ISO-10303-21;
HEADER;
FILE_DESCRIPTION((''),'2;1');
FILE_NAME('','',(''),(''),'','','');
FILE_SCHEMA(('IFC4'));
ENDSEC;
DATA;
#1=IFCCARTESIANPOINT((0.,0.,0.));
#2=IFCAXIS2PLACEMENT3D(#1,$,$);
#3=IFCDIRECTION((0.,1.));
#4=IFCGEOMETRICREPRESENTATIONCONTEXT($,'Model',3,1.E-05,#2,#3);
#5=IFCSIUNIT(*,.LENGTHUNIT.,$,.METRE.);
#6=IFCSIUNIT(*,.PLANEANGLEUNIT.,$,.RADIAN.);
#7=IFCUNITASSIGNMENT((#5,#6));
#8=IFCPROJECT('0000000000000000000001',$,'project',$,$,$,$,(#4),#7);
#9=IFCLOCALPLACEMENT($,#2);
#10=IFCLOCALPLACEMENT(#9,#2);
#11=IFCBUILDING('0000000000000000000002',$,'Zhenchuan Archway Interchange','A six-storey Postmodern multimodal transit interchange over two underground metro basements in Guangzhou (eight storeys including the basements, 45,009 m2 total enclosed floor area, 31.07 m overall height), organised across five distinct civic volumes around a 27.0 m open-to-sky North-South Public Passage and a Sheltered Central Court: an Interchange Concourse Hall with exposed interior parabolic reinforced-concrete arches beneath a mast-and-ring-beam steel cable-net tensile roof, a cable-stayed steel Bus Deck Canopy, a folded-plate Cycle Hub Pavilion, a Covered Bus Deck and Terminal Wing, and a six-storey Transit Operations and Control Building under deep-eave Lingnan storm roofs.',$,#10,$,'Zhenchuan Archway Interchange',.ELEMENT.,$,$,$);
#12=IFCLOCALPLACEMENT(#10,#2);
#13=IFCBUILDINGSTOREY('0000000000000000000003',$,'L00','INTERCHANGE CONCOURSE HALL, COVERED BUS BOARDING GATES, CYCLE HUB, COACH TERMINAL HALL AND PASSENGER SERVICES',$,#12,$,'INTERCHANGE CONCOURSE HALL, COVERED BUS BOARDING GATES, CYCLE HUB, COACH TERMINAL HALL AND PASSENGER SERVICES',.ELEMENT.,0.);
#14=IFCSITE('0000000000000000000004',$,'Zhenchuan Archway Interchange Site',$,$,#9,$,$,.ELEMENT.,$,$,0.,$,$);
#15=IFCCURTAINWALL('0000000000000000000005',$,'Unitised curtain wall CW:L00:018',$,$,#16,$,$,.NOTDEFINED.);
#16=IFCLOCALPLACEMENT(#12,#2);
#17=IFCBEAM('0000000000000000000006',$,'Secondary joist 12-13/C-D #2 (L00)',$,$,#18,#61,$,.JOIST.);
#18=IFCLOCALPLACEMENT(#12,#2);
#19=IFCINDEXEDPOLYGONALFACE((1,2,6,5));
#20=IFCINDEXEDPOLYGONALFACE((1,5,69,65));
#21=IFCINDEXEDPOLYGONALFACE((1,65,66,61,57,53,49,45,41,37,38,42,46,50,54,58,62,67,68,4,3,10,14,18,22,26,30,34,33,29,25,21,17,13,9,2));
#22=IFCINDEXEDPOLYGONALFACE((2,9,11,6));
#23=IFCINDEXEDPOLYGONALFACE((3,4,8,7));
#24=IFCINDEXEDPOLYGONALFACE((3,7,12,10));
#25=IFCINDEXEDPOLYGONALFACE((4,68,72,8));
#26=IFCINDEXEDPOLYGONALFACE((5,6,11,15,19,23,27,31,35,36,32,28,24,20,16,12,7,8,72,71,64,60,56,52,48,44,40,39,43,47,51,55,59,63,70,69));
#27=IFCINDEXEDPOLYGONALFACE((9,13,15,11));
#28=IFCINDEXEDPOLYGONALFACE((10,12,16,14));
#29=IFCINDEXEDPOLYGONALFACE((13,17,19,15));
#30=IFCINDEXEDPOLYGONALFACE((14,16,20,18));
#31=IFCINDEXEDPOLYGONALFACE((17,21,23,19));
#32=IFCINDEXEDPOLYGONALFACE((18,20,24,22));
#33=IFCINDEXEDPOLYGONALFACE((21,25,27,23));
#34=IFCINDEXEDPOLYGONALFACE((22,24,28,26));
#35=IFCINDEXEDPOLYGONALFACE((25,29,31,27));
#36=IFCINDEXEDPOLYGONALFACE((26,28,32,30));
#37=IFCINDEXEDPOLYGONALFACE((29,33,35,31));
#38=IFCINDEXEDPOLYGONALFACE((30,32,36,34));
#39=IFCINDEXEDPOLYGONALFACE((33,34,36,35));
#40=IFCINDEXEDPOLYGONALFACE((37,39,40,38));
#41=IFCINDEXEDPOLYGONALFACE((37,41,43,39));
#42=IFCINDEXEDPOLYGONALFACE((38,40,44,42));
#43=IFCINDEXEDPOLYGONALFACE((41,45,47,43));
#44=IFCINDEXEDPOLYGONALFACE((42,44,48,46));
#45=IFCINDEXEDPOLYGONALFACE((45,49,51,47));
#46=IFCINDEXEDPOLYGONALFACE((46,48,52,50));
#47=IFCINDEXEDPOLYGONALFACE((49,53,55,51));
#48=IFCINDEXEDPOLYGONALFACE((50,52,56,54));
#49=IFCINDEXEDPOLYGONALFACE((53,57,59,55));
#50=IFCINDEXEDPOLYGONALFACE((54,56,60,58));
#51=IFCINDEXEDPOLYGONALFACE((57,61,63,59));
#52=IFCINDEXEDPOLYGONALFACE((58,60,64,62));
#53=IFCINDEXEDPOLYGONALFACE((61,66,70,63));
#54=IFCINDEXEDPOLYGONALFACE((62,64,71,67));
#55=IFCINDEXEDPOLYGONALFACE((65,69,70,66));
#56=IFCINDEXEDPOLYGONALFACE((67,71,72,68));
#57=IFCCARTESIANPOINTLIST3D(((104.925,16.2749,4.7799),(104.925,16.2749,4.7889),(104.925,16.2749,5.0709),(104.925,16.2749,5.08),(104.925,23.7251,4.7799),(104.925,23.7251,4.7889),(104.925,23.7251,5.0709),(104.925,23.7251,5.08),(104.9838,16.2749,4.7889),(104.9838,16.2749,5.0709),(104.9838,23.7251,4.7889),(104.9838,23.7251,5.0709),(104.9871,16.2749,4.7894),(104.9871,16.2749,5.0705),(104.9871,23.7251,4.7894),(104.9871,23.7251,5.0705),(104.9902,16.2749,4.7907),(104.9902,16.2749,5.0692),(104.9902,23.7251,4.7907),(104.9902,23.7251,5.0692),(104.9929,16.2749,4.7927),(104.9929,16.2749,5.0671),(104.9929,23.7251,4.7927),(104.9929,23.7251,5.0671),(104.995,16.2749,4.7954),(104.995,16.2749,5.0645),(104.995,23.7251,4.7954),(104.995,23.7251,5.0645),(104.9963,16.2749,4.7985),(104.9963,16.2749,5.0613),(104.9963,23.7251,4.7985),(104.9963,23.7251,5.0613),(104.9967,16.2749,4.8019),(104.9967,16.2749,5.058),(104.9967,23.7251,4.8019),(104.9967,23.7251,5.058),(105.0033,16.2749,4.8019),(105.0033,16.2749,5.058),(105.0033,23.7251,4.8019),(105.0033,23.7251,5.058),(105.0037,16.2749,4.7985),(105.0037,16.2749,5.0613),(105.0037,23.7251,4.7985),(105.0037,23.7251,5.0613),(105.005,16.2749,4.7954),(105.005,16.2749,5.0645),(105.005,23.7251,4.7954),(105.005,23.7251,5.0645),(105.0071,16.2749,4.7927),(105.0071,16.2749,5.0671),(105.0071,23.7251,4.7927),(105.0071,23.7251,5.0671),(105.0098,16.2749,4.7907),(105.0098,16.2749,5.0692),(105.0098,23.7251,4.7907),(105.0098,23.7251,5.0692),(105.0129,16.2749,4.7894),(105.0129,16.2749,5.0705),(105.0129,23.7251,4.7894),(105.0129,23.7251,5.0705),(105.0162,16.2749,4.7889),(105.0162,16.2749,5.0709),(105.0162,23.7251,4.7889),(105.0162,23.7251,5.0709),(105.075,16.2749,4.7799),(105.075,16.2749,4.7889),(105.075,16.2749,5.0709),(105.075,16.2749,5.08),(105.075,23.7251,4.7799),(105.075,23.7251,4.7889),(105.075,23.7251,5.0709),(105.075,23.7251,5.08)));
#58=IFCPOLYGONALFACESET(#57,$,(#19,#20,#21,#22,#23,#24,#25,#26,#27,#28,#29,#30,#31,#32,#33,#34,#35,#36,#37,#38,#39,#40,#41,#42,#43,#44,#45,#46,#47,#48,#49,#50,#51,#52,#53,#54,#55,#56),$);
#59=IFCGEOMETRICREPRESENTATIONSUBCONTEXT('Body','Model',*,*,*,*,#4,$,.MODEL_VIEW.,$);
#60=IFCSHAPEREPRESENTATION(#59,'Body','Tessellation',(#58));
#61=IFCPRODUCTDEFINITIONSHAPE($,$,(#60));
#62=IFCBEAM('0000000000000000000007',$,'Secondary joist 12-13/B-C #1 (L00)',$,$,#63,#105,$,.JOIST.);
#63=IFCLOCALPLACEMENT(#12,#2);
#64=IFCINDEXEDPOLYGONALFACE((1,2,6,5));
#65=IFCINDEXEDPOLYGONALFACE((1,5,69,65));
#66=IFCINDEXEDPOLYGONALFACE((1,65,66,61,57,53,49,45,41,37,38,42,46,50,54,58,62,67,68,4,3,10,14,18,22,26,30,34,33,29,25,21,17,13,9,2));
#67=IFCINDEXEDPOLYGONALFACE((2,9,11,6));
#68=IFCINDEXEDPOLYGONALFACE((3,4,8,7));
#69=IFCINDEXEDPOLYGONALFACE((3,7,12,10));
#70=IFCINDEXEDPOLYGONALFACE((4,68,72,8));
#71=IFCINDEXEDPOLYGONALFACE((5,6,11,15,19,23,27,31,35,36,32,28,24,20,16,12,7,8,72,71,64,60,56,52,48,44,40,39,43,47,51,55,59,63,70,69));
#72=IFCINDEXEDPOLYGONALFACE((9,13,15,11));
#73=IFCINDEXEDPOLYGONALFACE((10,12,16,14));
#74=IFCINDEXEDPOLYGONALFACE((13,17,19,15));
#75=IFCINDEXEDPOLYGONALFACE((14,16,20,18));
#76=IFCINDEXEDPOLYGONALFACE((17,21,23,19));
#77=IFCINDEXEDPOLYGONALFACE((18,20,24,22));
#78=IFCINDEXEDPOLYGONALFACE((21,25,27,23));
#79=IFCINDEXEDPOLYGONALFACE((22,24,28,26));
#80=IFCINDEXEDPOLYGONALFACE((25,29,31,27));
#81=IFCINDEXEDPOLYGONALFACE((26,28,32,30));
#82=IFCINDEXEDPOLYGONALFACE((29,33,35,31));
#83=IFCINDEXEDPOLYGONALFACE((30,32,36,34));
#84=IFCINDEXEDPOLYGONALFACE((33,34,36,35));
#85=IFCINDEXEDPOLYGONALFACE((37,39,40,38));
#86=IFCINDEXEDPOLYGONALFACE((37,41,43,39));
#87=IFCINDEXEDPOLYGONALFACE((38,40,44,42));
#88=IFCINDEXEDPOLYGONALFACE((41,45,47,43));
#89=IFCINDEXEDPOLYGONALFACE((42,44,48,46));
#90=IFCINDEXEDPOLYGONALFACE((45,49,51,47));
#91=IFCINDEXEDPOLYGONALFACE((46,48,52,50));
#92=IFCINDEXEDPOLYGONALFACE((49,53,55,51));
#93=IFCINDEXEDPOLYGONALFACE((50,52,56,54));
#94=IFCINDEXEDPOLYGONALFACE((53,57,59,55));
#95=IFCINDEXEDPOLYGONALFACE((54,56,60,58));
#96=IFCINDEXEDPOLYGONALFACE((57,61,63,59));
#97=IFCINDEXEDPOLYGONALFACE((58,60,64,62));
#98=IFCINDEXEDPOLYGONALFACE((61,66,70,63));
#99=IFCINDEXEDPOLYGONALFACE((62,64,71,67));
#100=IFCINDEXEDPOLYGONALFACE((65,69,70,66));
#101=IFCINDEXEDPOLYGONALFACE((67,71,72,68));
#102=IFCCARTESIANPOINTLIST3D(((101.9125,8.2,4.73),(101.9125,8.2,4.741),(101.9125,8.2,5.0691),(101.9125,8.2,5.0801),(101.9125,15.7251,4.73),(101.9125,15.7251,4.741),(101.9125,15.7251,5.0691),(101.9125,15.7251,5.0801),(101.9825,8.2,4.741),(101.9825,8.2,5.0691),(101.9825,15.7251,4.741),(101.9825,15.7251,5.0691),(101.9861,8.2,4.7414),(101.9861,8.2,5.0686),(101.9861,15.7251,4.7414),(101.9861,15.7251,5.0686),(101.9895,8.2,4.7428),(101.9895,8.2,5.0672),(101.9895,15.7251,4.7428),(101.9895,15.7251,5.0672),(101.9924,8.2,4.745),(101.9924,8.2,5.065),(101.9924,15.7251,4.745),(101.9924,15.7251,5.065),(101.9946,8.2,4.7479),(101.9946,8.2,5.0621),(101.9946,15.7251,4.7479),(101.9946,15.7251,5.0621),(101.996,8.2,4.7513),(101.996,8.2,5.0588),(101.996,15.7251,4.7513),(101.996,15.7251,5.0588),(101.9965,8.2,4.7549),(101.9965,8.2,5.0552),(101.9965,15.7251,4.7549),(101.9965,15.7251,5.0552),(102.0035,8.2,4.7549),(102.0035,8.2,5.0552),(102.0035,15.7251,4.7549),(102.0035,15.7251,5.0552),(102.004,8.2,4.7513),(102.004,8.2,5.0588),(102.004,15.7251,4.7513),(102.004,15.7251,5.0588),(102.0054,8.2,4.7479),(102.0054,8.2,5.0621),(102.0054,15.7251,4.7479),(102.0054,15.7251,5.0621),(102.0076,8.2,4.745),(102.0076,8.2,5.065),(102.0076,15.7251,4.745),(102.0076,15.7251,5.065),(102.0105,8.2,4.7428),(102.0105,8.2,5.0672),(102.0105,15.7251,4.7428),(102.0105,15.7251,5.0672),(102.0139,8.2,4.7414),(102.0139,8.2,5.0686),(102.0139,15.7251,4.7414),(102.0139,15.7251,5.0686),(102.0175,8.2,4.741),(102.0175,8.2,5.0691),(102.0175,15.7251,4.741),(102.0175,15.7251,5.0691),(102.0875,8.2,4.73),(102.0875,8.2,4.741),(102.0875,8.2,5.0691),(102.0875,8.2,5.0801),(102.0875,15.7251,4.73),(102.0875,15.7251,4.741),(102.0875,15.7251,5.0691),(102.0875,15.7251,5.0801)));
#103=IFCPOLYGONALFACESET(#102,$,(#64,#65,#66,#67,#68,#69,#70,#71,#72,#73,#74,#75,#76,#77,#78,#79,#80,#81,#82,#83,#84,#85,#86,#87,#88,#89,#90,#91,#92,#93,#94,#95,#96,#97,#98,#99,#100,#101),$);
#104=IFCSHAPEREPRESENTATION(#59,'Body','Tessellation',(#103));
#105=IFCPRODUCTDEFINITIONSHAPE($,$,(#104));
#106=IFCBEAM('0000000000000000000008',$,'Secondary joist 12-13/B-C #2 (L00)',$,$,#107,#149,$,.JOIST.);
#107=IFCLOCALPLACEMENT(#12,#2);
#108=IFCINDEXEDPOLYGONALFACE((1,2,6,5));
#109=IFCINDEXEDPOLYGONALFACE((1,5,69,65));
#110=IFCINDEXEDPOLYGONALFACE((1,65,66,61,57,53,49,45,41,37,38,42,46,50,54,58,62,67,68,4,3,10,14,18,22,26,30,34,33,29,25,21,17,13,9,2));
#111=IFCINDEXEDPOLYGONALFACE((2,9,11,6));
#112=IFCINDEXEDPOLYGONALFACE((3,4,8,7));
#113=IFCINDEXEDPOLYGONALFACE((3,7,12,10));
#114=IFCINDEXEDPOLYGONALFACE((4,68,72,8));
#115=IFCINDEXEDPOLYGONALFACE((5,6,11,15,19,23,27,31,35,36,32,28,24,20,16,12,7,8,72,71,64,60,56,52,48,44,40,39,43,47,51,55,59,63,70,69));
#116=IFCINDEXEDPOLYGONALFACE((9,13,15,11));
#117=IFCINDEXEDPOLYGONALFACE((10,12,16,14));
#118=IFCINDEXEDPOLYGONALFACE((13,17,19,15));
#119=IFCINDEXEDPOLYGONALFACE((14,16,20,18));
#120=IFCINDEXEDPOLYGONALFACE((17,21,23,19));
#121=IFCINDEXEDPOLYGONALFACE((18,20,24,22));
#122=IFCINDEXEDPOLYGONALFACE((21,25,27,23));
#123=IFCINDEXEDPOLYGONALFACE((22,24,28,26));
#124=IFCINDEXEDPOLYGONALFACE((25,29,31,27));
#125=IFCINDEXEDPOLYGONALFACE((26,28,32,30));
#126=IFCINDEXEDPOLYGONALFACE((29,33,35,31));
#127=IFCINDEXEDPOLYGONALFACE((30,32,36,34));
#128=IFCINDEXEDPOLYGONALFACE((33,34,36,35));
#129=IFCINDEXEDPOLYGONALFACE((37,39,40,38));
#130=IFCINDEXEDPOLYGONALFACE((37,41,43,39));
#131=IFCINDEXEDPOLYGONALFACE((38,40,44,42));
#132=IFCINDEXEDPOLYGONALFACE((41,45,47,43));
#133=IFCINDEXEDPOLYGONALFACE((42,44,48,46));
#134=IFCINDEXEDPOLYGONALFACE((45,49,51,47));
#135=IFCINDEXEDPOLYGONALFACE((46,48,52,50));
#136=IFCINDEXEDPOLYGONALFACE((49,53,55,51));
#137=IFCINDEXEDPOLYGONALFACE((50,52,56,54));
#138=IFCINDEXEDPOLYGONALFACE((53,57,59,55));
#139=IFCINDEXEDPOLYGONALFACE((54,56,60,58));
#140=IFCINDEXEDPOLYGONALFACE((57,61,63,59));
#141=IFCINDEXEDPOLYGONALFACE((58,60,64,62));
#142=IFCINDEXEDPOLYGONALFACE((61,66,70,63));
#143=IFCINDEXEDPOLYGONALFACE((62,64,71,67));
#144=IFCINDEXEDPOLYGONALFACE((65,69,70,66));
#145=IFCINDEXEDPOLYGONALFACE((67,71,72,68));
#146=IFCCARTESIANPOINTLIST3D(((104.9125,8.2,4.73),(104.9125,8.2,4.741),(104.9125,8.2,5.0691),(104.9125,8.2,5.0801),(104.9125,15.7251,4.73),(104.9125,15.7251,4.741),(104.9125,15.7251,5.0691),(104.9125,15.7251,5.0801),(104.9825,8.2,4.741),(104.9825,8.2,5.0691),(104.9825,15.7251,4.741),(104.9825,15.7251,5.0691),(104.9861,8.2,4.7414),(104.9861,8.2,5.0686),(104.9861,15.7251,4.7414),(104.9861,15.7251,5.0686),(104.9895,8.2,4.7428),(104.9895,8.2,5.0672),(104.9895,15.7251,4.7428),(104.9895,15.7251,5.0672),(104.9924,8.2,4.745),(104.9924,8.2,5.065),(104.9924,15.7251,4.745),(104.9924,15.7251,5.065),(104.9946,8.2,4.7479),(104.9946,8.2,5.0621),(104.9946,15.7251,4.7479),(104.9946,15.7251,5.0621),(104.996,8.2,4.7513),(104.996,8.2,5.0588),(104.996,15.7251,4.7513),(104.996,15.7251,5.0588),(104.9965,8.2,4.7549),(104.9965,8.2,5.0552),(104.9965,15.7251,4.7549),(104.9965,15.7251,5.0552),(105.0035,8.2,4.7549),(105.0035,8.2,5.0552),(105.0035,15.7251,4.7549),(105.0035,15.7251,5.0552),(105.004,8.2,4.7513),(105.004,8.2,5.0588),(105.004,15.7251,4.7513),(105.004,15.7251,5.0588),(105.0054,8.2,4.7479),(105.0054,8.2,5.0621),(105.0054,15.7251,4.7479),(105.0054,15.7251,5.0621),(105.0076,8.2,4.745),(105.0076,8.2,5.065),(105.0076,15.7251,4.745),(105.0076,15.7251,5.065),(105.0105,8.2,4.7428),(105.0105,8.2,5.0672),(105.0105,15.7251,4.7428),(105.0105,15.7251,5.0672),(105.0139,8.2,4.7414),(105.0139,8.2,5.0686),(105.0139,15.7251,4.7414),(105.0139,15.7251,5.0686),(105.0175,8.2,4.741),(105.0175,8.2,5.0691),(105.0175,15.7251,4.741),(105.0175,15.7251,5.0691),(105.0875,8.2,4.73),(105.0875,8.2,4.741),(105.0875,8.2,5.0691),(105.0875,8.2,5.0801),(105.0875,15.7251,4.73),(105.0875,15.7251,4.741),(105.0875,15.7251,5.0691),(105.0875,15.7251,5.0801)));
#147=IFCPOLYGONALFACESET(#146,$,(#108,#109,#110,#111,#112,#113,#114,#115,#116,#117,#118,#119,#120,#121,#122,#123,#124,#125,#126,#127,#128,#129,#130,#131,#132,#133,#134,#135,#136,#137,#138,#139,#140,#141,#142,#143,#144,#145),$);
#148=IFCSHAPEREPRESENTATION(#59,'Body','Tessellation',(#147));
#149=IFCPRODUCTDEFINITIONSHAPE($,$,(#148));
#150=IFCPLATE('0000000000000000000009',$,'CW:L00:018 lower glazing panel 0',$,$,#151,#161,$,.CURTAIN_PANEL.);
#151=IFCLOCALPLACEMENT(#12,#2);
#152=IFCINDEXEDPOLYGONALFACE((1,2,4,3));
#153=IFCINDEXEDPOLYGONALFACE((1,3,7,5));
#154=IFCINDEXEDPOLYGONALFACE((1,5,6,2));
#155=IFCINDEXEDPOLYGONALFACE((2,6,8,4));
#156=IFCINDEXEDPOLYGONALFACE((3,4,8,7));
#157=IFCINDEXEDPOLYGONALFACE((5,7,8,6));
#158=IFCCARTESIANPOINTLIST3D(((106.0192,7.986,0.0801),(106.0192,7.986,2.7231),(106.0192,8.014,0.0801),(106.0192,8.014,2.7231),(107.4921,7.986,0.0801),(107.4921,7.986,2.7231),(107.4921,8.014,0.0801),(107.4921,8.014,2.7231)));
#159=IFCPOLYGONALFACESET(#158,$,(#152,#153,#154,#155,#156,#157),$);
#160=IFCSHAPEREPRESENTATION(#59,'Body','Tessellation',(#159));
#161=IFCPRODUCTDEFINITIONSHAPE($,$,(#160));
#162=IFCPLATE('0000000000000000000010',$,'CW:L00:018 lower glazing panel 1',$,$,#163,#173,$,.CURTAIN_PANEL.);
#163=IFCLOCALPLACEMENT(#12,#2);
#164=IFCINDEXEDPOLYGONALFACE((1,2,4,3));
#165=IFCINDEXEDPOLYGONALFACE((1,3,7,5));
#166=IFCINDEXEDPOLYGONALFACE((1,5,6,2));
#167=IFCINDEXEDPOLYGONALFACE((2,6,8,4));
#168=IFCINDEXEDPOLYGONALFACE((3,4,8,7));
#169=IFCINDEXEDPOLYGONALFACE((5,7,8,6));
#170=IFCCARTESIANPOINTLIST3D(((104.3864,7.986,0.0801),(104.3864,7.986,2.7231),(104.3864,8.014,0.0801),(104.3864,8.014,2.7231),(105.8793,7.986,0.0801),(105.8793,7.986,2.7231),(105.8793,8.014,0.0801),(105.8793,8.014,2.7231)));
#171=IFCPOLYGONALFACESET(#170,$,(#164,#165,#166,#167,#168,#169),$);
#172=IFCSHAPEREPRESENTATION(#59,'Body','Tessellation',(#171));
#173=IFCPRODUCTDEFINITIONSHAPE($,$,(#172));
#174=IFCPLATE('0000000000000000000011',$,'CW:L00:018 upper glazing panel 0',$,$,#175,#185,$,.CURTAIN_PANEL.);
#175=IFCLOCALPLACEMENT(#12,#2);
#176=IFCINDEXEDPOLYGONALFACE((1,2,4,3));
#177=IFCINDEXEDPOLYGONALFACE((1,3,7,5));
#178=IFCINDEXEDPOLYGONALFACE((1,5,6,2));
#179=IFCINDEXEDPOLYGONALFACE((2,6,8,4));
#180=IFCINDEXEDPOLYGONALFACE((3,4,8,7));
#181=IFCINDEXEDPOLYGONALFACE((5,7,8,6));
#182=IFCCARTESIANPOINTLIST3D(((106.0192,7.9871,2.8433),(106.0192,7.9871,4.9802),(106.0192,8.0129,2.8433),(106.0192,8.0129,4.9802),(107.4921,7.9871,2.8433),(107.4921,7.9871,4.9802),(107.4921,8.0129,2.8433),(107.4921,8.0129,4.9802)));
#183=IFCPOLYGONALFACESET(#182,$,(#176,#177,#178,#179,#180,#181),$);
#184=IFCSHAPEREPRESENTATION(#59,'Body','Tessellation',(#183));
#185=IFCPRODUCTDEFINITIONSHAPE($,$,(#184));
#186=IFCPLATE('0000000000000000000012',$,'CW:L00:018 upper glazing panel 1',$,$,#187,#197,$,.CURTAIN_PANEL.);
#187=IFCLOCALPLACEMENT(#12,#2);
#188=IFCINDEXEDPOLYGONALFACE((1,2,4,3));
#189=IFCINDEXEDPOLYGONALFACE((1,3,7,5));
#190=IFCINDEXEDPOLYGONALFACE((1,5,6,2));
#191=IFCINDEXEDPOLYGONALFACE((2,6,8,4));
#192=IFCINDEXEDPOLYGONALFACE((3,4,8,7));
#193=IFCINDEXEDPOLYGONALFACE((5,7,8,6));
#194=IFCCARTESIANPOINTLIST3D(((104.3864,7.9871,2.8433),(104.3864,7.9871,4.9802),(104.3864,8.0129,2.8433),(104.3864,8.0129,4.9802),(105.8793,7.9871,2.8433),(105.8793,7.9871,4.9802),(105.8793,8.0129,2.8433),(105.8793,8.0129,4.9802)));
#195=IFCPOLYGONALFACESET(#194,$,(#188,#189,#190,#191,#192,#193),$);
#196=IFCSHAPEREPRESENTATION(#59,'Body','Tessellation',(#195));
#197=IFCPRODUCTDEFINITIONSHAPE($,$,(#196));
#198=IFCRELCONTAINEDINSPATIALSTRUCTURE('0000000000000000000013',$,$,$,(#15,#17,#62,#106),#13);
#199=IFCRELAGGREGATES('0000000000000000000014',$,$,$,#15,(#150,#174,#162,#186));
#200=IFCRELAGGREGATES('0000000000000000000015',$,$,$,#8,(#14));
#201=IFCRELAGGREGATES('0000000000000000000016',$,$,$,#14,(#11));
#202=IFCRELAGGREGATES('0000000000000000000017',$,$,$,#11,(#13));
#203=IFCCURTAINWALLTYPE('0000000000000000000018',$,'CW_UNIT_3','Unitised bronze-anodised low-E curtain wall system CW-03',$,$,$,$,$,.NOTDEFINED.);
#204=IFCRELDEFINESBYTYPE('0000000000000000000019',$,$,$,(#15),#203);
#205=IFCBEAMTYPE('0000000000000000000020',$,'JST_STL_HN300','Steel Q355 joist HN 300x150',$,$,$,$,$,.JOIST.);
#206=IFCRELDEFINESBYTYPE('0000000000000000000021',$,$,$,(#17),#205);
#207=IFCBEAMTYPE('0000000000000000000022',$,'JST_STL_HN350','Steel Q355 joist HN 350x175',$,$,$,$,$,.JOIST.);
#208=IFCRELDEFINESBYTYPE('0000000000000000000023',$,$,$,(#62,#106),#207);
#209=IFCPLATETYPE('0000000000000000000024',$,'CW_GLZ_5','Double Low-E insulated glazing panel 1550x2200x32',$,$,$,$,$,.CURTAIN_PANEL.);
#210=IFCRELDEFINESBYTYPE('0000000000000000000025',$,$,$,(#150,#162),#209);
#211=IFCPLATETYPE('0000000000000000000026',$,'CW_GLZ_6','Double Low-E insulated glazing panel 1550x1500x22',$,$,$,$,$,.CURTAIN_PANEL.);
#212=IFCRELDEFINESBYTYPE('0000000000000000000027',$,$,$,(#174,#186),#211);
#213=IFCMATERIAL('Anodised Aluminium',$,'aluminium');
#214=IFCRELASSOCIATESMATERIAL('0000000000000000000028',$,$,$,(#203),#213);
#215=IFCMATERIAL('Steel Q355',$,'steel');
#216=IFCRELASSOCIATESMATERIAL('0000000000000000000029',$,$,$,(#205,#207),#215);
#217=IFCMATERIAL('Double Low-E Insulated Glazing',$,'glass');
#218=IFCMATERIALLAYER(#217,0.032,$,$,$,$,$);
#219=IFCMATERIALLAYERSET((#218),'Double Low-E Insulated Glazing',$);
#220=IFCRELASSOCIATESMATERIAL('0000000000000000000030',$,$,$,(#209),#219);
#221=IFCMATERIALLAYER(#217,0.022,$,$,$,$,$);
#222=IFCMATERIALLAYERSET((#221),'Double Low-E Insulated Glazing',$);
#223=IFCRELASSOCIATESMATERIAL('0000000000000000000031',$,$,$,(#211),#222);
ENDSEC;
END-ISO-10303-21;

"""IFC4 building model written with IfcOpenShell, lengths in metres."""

from ifc_helpers import new_model, si_unit, direction, frame, origin, origin_2d, place, context, subcontext, project, spatial, rectangle, i_section, extrude, material, layer, layer_set, material_profile, profile_set, type_object, element, aggregate, save


model = new_model("IFC4")

# Units and contexts
model_context = context("Model", 3, precision=1e-05, world=origin(), true_north=direction((0.0, 1.0)))
body_context = subcontext(model_context, "Body", "Model", "MODEL_VIEW")
ifc_project = project(units=[si_unit("LENGTHUNIT", "METRE"), si_unit("PLANEANGLEUNIT", "RADIAN")], contexts=[model_context])

# Site, building, storey
site_placement = place(None, origin())
site = spatial("IfcSite", under=ifc_project, at=site_placement, Name="Zhenchuan Archway Interchange Site", CompositionType="ELEMENT", RefElevation=0.0)
building_placement = place(site_placement, origin())
building = spatial("IfcBuilding", under=site, at=building_placement, Name="Zhenchuan Archway Interchange", Description="A six-storey Postmodern multimodal transit interchange over two underground metro basements in Guangzhou (eight storeys including the basements, 45,009 m2 total enclosed floor area, 31.07 m overall height), organised across five distinct civic volumes around a 27.0 m open-to-sky North-South Public Passage and a Sheltered Central Court: an Interchange Concourse Hall with exposed interior parabolic reinforced-concrete arches beneath a mast-and-ring-beam steel cable-net tensile roof, a cable-stayed steel Bus Deck Canopy, a folded-plate Cycle Hub Pavilion, a Covered Bus Deck and Terminal Wing, and a six-storey Transit Operations and Control Building under deep-eave Lingnan storm roofs.", LongName="Zhenchuan Archway Interchange", CompositionType="ELEMENT")
storey_placement = place(building_placement, origin())
storey = spatial("IfcBuildingStorey", under=building, at=storey_placement, Name="L00", Description="INTERCHANGE CONCOURSE HALL, COVERED BUS BOARDING GATES, CYCLE HUB, COACH TERMINAL HALL AND PASSENGER SERVICES", LongName="INTERCHANGE CONCOURSE HALL, COVERED BUS BOARDING GATES, CYCLE HUB, COACH TERMINAL HALL AND PASSENGER SERVICES", CompositionType="ELEMENT", Elevation=0.0)

# Curtain wall
ifc_material_1 = material(Name="Anodised Aluminium", Category="aluminium")
curtain_wall_type = type_object("IfcCurtainWallType", Name="CW_UNIT_3", Description="Unitised bronze-anodised low-E curtain wall system CW-03", PredefinedType="NOTDEFINED", material=ifc_material_1)
curtain_wall_placement = place(storey_placement, origin())
curtain_wall = element("IfcCurtainWall", 1, at=curtain_wall_placement, inside=storey, type_object=curtain_wall_type, Name="Unitised curtain wall CW:L00:018", PredefinedType="NOTDEFINED")

# Beams
ifc_material_2 = material(Name="Steel Q355", Category="steel")
ifc_material_profile_1 = material_profile(ifc_material_2, i_section(OverallWidth=0.1499, OverallDepth=0.3, WebThickness=0.0066, FlangeThickness=0.009, FilletRadius=0.0129, at=origin_2d()), Name="HN 300x150")
ifc_profile_set_1 = profile_set([ifc_material_profile_1], Name="Steel Q355")
beam_type_1 = type_object("IfcBeamType", Name="JST_STL_HN300", Description="Steel Q355 joist HN 300x150", PredefinedType="JOIST", material=ifc_profile_set_1)
for number, where, z_axis, x_axis, name in (
    (2, (105.0, 16.2749, 4.9299), (0.0, 1.0, 0.0), (-1.0, 0.0, 0.0), "Secondary joist 12-13/C-D #2 (L00)"),
):
    element("IfcBeam", number, at=place(storey_placement, frame(where, z_axis=z_axis, x_axis=x_axis)), inside=storey, type_object=beam_type_1, Name=name, PredefinedType="JOIST", context=body_context, shape_type="SweptSolid", body=[
        extrude(i_section(OverallWidth=0.1499, OverallDepth=0.3, WebThickness=0.0066, FlangeThickness=0.009, FilletRadius=0.0129, at=origin_2d()), origin(), (0.0, 0.0, 1.0), 7.4502),
    ])
ifc_material_profile_2 = material_profile(ifc_material_2, i_section(OverallWidth=0.175, OverallDepth=0.3501, WebThickness=0.0071, FlangeThickness=0.011, FilletRadius=0.0139, at=origin_2d()), Name="HN 350x175")
ifc_profile_set_2 = profile_set([ifc_material_profile_2], Name="Steel Q355")
beam_type_2 = type_object("IfcBeamType", Name="JST_STL_HN350", Description="Steel Q355 joist HN 350x175", PredefinedType="JOIST", material=ifc_profile_set_2)
for number, where, z_axis, x_axis, name in (
    (3, (102.0, 8.2, 4.905), (0.0, 1.0, 0.0), (-1.0, 0.0, 0.0), "Secondary joist 12-13/B-C #1 (L00)"),
    (4, (105.0, 8.2, 4.905), (0.0, 1.0, 0.0), (-1.0, 0.0, 0.0), "Secondary joist 12-13/B-C #2 (L00)"),
):
    element("IfcBeam", number, at=place(storey_placement, frame(where, z_axis=z_axis, x_axis=x_axis)), inside=storey, type_object=beam_type_2, Name=name, PredefinedType="JOIST", context=body_context, shape_type="SweptSolid", body=[
        extrude(i_section(OverallWidth=0.175, OverallDepth=0.3501, WebThickness=0.0071, FlangeThickness=0.011, FilletRadius=0.0139, at=origin_2d()), origin(), (0.0, 0.0, 1.0), 7.5251),
    ])

# Plates
ifc_material_3 = material(Name="Double Low-E Insulated Glazing", Category="glass")
ifc_layer_1 = layer(ifc_material_3, 0.032)
ifc_layer_set_1 = layer_set([ifc_layer_1], Name="Double Low-E Insulated Glazing")
plate_type_1 = type_object("IfcPlateType", Name="CW_GLZ_5", Description="Double Low-E insulated glazing panel 1550x2200x32", PredefinedType="CURTAIN_PANEL", material=ifc_layer_set_1)
plate_1_placement = place(storey_placement, frame((106.7556, 8.0, 0.0801), z_axis=(0.0, 0.0, 1.0), x_axis=(-1.0, 0.0, 0.0)))
plate_1 = element("IfcPlate", 5, at=plate_1_placement, type_object=plate_type_1, Name="CW:L00:018 lower glazing panel 0", PredefinedType="CURTAIN_PANEL", context=body_context, shape_type="SweptSolid", body=[
    extrude(rectangle(XDim=1.4729, YDim=0.0281, at=origin_2d()), origin(), (0.0, 0.0, 1.0), 2.6431),
])
plate_2_placement = place(storey_placement, frame((105.1328, 8.0, 0.0801), z_axis=(0.0, 0.0, 1.0), x_axis=(-1.0, 0.0, 0.0)))
plate_2 = element("IfcPlate", 6, at=plate_2_placement, type_object=plate_type_1, Name="CW:L00:018 lower glazing panel 1", PredefinedType="CURTAIN_PANEL", context=body_context, shape_type="SweptSolid", body=[
    extrude(rectangle(XDim=1.4929, YDim=0.0281, at=origin_2d()), origin(), (0.0, 0.0, 1.0), 2.6431),
])
ifc_layer_2 = layer(ifc_material_3, 0.022)
ifc_layer_set_2 = layer_set([ifc_layer_2], Name="Double Low-E Insulated Glazing")
plate_type_2 = type_object("IfcPlateType", Name="CW_GLZ_6", Description="Double Low-E insulated glazing panel 1550x1500x22", PredefinedType="CURTAIN_PANEL", material=ifc_layer_set_2)
plate_3_placement = place(storey_placement, frame((106.7556, 8.0, 2.8433), z_axis=(0.0, 0.0, 1.0), x_axis=(-1.0, 0.0, 0.0)))
plate_3 = element("IfcPlate", 7, at=plate_3_placement, type_object=plate_type_2, Name="CW:L00:018 upper glazing panel 0", PredefinedType="CURTAIN_PANEL", context=body_context, shape_type="SweptSolid", body=[
    extrude(rectangle(XDim=1.4729, YDim=0.0259, at=origin_2d()), origin(), (0.0, 0.0, 1.0), 2.137),
])
plate_4_placement = place(storey_placement, frame((105.1328, 8.0, 2.8433), z_axis=(0.0, 0.0, 1.0), x_axis=(-1.0, 0.0, 0.0)))
plate_4 = element("IfcPlate", 8, at=plate_4_placement, type_object=plate_type_2, Name="CW:L00:018 upper glazing panel 1", PredefinedType="CURTAIN_PANEL", context=body_context, shape_type="SweptSolid", body=[
    extrude(rectangle(XDim=1.4929, YDim=0.0259, at=origin_2d()), origin(), (0.0, 0.0, 1.0), 2.137),
])
aggregate(curtain_wall, [plate_1, plate_3, plate_2, plate_4])

save(model, "model.ifc")
